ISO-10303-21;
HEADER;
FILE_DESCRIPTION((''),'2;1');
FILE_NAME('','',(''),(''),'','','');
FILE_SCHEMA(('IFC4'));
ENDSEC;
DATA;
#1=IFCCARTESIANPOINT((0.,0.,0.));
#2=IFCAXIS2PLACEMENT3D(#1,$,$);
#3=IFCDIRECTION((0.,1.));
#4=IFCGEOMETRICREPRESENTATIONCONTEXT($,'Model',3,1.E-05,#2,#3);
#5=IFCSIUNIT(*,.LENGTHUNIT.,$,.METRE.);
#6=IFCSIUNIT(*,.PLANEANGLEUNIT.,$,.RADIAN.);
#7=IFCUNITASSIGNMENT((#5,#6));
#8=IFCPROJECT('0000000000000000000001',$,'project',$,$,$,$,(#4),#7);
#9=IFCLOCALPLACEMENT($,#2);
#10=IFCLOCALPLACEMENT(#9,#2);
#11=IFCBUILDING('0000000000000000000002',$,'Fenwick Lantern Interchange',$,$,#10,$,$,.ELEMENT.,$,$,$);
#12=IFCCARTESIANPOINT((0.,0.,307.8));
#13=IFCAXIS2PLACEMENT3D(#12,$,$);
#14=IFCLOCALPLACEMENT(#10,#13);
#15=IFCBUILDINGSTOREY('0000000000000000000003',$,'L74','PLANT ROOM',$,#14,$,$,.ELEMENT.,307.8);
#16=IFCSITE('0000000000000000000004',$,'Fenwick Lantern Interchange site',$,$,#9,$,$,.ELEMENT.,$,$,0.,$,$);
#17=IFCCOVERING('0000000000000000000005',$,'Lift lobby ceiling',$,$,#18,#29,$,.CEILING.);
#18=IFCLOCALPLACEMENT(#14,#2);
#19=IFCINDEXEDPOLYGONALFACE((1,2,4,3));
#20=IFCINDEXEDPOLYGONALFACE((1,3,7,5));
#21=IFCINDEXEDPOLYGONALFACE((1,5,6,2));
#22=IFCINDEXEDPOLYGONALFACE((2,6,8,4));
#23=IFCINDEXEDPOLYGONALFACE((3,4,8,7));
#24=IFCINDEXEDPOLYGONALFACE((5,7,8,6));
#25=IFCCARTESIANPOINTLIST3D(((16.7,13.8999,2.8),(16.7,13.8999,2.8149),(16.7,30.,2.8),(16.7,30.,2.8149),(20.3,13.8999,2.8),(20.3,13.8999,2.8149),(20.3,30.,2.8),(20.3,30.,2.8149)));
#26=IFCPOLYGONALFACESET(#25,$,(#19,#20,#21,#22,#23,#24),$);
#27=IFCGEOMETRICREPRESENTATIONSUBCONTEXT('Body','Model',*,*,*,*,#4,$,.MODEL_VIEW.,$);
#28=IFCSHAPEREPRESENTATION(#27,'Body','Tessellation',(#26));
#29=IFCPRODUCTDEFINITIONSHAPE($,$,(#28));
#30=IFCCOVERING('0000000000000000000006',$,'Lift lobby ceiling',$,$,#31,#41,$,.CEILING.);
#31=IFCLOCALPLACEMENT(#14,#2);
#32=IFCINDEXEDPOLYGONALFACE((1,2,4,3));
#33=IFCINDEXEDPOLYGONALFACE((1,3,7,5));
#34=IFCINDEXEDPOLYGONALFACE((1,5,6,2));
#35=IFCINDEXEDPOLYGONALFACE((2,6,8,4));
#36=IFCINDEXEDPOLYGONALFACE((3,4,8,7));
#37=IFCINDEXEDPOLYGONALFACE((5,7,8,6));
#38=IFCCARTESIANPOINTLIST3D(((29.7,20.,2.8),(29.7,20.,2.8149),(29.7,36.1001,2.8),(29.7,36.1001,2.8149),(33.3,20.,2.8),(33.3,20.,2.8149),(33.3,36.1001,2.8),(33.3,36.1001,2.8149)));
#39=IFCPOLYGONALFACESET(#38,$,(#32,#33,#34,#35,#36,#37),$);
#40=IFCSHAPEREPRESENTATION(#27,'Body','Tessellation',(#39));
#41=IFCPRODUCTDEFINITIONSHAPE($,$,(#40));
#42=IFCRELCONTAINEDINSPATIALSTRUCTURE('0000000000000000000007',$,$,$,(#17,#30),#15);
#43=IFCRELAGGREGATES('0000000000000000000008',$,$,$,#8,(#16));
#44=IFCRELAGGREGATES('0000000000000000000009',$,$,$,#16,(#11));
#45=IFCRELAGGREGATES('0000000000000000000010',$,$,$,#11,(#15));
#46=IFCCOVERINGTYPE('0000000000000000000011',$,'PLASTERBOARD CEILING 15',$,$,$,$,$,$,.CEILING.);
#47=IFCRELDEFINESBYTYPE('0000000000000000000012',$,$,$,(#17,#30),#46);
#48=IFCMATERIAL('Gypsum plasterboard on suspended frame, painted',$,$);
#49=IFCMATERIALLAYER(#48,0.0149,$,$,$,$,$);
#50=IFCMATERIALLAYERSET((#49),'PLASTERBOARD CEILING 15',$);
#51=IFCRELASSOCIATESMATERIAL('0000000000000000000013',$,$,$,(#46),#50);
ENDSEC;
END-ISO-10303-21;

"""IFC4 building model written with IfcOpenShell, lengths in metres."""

from ifc_helpers import new_model, si_unit, direction, frame, origin, place, context, subcontext, project, spatial, polyline, outline, extrude, material, layer, layer_set, type_object, element, save


model = new_model("IFC4")

# Units and contexts
model_context = context("Model", 3, precision=1e-05, world=origin(), true_north=direction((0.0, 1.0)))
body_context = subcontext(model_context, "Body", "Model", "MODEL_VIEW")
ifc_project = project(units=[si_unit("LENGTHUNIT", "METRE"), si_unit("PLANEANGLEUNIT", "RADIAN")], contexts=[model_context])

# Site, building, storey
site_placement = place(None, origin())
site = spatial("IfcSite", under=ifc_project, at=site_placement, Name="Fenwick Lantern Interchange site", CompositionType="ELEMENT", RefElevation=0.0)
building_placement = place(site_placement, origin())
building = spatial("IfcBuilding", under=site, at=building_placement, Name="Fenwick Lantern Interchange", CompositionType="ELEMENT")
storey_placement = place(building_placement, frame((0.0, 0.0, 307.8)))
storey = spatial("IfcBuildingStorey", under=building, at=storey_placement, Name="L74", Description="PLANT ROOM", CompositionType="ELEMENT", Elevation=307.8)

# Coverings
ifc_material_1 = material(Name="Gypsum plasterboard on suspended frame, painted")
ifc_layer_1 = layer(ifc_material_1, 0.0149)
ifc_layer_set_1 = layer_set([ifc_layer_1], Name="PLASTERBOARD CEILING 15")
covering_type_1 = type_object("IfcCoveringType", Name="PLASTERBOARD CEILING 15", PredefinedType="CEILING", material=ifc_layer_set_1)
covering_1_placement = place(storey_placement, frame((0.0, 0.0, 2.8)))
element("IfcCovering", 1, at=covering_1_placement, inside=storey, type_object=covering_type_1, Name="Lift lobby ceiling", PredefinedType="CEILING", context=body_context, shape_type="SweptSolid", body=[
    extrude(outline(polyline([(16.7, 13.8999), (20.3, 13.8999), (20.3, 30.0), (16.7, 30.0), (16.7, 13.8999)])), origin(), (0.0, 0.0, 1.0), 0.0149),
])
covering_2_placement = place(storey_placement, frame((0.0, 0.0, 2.8)))
element("IfcCovering", 2, at=covering_2_placement, inside=storey, type_object=covering_type_1, Name="Lift lobby ceiling", PredefinedType="CEILING", context=body_context, shape_type="SweptSolid", body=[
    extrude(outline(polyline([(33.3, 36.1001), (29.7, 36.1001), (29.7, 20.0), (33.3, 20.0), (33.3, 36.1001)])), origin(), (0.0, 0.0, 1.0), 0.0149),
])

save(model, "model.ifc")
